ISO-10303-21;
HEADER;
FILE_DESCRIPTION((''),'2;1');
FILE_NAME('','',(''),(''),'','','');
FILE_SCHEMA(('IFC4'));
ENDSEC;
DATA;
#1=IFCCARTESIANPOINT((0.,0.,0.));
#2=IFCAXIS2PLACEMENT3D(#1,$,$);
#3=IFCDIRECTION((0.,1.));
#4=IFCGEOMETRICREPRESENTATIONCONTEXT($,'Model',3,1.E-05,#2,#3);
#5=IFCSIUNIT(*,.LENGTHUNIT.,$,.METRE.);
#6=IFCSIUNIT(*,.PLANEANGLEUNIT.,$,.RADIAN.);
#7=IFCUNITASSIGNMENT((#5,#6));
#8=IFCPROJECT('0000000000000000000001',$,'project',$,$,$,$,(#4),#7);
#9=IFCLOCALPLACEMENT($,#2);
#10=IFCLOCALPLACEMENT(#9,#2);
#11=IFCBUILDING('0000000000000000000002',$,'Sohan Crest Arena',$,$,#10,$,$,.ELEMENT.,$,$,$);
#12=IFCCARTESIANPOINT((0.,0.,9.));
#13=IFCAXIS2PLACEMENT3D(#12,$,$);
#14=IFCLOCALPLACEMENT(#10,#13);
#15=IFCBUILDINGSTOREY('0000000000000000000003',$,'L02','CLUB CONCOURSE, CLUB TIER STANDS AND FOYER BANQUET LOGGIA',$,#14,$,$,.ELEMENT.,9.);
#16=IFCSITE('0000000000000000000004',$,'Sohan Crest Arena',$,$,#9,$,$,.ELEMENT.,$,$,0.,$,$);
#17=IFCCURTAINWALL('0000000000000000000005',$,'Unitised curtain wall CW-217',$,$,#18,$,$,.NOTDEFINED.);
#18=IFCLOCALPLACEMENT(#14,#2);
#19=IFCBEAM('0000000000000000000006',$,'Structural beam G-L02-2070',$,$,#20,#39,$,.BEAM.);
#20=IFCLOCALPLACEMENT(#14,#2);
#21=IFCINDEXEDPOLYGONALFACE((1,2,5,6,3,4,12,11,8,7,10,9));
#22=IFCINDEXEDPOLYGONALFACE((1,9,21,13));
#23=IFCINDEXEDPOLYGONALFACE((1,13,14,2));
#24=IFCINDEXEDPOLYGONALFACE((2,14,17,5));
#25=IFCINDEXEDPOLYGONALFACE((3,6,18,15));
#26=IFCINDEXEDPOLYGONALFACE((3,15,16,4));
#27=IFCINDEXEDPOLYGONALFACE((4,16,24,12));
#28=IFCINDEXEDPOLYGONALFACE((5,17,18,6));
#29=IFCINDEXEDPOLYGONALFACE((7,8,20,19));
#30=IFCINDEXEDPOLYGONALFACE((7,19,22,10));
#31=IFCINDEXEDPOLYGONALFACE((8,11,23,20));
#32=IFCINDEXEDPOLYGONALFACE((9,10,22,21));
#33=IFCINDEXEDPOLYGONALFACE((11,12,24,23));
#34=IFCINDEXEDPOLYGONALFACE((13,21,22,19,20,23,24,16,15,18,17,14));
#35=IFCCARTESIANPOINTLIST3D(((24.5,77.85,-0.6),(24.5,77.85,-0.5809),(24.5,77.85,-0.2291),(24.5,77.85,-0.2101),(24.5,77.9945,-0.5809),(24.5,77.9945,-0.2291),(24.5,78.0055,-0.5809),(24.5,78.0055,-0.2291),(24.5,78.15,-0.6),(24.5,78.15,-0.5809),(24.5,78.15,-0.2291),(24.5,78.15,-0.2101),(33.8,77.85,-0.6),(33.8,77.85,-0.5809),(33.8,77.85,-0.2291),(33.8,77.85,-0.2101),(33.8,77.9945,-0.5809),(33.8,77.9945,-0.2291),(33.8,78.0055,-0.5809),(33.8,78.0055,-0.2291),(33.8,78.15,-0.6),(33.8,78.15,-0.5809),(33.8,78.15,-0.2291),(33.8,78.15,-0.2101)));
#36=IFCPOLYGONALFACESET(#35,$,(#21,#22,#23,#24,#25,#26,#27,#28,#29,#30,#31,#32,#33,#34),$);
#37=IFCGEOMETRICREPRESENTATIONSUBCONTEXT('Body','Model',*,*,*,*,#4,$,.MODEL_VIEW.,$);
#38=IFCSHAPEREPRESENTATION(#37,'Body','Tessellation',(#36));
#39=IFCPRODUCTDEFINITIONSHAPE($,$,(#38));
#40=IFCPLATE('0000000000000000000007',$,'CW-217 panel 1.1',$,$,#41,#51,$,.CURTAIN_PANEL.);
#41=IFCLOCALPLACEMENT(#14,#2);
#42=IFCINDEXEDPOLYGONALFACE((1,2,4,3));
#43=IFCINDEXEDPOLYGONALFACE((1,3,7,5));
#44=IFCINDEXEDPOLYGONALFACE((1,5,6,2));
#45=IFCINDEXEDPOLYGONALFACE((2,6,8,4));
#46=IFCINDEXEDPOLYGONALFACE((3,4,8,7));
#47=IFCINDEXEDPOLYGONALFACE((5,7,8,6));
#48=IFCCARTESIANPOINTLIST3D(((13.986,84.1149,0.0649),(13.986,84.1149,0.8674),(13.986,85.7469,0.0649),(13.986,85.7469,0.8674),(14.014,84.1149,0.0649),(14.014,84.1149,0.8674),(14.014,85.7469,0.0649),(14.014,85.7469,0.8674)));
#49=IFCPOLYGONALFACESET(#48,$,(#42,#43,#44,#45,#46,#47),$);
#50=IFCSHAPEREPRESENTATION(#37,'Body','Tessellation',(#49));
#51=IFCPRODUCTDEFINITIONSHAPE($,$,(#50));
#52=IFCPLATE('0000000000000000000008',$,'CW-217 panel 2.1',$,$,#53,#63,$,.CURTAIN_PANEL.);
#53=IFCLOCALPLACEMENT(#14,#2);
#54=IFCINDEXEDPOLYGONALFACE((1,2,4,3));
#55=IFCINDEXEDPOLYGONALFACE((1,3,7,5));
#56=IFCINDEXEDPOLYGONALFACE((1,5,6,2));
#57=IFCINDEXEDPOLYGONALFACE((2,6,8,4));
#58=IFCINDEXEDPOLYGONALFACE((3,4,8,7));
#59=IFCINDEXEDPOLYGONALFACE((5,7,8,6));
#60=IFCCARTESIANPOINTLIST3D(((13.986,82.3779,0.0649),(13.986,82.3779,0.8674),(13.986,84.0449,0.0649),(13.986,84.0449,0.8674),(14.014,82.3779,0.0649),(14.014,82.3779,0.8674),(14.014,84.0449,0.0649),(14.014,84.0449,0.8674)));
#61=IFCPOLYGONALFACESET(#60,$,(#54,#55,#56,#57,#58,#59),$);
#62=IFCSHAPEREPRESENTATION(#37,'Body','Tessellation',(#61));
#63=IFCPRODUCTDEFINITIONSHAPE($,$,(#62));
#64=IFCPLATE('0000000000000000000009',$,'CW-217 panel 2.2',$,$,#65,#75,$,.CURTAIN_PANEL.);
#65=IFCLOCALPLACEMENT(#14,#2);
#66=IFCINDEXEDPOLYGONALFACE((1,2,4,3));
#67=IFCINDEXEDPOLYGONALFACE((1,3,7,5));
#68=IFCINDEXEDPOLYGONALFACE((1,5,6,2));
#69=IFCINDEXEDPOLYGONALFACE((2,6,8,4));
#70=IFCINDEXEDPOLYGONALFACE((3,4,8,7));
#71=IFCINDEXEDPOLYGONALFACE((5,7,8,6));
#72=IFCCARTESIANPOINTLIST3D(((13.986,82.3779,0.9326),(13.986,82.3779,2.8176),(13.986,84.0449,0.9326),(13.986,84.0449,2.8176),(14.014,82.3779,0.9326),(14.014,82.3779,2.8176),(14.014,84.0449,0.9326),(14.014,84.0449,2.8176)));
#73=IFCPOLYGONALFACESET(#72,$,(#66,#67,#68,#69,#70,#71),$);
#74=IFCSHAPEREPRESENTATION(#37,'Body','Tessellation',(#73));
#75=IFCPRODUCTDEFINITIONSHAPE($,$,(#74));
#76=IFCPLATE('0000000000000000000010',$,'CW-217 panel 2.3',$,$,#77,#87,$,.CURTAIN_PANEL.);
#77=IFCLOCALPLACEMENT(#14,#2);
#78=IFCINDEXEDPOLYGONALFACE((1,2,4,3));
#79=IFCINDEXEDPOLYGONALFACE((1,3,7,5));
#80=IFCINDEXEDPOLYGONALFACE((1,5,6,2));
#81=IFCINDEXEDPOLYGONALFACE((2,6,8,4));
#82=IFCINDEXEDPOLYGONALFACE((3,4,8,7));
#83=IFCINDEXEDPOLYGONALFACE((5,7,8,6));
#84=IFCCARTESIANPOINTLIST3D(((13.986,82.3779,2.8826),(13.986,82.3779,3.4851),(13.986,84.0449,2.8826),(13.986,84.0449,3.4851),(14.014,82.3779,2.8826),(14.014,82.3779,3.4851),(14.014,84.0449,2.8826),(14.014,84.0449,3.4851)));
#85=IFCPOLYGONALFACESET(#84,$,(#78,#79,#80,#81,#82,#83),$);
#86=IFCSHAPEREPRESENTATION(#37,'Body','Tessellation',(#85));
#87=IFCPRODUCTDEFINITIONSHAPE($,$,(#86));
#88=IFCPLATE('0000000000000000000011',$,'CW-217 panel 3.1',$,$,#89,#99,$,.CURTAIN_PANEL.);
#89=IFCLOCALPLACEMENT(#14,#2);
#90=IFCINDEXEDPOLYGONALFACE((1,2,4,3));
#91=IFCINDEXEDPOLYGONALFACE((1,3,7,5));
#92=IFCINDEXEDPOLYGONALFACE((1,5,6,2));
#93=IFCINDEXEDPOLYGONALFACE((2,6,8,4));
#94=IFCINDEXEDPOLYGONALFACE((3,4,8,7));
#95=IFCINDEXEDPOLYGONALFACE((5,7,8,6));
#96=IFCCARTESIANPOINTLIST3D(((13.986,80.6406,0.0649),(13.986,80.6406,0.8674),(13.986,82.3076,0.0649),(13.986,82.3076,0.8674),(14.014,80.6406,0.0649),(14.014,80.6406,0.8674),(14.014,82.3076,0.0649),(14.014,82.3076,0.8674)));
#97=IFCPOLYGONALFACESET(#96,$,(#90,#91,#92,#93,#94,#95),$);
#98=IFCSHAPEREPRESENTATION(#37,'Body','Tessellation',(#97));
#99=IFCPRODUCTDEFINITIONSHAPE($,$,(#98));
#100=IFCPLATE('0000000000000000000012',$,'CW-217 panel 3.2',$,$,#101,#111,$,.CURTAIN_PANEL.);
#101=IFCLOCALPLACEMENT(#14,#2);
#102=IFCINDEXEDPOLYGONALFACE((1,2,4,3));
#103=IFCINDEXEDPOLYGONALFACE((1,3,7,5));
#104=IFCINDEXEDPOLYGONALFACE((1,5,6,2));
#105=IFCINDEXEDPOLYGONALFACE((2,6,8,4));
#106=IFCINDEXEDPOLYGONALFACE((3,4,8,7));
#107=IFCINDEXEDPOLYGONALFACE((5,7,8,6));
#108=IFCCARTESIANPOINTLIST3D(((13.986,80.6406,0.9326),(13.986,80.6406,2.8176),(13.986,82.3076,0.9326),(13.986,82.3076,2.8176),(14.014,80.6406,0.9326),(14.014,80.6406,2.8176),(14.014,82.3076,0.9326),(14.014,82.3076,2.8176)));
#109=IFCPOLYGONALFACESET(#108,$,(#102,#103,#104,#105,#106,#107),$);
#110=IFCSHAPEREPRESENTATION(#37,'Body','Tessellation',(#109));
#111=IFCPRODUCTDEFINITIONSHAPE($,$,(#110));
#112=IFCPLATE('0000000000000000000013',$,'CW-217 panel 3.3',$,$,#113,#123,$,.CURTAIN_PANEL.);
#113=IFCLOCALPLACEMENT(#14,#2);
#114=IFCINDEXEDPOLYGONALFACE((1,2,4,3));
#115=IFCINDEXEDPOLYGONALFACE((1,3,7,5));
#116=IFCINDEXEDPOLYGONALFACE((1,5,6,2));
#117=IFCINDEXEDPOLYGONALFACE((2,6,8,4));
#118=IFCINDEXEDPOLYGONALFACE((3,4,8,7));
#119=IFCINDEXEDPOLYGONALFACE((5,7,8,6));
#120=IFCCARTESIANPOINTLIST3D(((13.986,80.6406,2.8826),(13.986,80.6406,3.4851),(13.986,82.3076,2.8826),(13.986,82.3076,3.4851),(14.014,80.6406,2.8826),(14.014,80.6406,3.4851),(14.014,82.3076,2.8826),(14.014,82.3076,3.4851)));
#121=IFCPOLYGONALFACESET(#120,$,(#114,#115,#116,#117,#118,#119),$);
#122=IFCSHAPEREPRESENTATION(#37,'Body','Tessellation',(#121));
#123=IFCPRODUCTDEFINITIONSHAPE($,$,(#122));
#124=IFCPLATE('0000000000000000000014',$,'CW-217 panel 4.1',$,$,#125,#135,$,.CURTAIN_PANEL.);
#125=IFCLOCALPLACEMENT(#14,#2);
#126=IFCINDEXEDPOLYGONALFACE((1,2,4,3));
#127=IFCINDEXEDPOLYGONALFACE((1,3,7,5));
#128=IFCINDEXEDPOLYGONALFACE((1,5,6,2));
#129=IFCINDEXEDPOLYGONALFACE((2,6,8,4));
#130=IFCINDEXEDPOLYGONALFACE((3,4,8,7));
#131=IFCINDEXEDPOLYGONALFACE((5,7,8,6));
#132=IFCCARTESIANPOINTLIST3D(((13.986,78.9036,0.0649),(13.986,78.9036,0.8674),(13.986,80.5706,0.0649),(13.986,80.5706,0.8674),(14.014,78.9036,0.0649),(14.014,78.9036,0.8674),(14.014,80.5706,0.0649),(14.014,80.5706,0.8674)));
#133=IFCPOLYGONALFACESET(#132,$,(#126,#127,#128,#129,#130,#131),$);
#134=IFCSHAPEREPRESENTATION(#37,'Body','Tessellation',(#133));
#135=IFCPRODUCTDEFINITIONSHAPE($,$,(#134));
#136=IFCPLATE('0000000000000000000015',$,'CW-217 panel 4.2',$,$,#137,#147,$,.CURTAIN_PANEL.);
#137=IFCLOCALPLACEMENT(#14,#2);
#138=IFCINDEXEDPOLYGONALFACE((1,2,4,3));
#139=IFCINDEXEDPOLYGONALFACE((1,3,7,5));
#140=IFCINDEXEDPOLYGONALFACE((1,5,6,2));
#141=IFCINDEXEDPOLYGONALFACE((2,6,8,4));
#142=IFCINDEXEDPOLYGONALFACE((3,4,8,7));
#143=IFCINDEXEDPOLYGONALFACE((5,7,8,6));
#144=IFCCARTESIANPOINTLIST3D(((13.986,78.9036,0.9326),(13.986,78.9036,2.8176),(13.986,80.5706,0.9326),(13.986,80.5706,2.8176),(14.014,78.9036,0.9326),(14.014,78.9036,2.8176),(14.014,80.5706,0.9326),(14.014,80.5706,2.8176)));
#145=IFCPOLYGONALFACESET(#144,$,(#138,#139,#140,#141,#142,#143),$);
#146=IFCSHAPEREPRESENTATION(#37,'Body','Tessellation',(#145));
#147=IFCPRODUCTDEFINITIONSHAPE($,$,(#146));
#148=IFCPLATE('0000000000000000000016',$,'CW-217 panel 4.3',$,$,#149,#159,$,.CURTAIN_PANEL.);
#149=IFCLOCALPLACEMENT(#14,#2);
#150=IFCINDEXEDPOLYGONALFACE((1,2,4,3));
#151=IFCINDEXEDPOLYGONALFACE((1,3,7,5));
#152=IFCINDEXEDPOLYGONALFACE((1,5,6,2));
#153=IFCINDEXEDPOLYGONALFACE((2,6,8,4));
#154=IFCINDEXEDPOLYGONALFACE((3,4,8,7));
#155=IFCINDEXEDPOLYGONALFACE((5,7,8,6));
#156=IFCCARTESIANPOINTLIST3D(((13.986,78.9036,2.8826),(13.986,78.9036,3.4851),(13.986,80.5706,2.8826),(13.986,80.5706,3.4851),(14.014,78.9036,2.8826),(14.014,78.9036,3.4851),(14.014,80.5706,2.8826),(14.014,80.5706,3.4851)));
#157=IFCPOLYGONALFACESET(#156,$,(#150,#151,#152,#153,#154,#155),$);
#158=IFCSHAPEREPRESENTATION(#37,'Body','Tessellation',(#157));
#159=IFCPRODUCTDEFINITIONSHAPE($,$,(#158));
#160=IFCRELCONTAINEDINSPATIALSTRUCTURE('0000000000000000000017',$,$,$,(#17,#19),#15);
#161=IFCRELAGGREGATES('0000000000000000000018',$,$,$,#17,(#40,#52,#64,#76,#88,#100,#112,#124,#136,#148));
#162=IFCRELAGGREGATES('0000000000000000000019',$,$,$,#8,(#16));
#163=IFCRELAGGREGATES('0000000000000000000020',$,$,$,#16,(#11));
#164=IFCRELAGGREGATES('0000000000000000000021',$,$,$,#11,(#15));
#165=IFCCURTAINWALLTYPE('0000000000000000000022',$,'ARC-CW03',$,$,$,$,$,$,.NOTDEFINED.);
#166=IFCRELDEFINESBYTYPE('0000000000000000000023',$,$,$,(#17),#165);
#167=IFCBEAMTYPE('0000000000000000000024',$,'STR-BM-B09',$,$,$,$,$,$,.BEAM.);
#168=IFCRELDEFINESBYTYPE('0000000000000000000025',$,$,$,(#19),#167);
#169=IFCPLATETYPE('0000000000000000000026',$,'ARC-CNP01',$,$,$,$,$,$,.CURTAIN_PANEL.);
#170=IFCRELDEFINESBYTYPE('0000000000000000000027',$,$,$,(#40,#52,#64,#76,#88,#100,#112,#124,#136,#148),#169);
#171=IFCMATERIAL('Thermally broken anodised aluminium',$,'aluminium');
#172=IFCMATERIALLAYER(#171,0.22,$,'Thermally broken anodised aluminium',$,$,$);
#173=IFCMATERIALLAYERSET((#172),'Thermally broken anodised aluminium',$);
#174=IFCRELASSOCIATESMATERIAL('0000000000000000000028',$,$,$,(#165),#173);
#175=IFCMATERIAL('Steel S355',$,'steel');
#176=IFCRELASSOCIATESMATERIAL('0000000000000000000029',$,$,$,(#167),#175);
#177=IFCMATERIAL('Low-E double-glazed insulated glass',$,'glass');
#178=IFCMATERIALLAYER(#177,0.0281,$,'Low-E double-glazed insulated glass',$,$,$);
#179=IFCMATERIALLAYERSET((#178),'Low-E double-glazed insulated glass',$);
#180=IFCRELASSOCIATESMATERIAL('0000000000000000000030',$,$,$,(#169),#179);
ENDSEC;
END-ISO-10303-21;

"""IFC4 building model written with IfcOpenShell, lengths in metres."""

from ifc_helpers import new_model, si_unit, direction, frame, origin, origin_2d, place, context, subcontext, project, spatial, rectangle, i_section, extrude, material, layer, layer_set, material_profile, profile_set, type_object, element, aggregate, save


model = new_model("IFC4")

# Units and contexts
model_context = context("Model", 3, precision=1e-05, world=origin(), true_north=direction((0.0, 1.0)))
body_context = subcontext(model_context, "Body", "Model", "MODEL_VIEW")
ifc_project = project(units=[si_unit("LENGTHUNIT", "METRE"), si_unit("PLANEANGLEUNIT", "RADIAN")], contexts=[model_context])

# Site, building, storey
site_placement = place(None, origin())
site = spatial("IfcSite", under=ifc_project, at=site_placement, Name="Sohan Crest Arena", CompositionType="ELEMENT", RefElevation=0.0)
building_placement = place(site_placement, origin())
building = spatial("IfcBuilding", under=site, at=building_placement, Name="Sohan Crest Arena", CompositionType="ELEMENT")
storey_placement = place(building_placement, frame((0.0, 0.0, 9.0)))
storey = spatial("IfcBuildingStorey", under=building, at=storey_placement, Name="L02", Description="CLUB CONCOURSE, CLUB TIER STANDS AND FOYER BANQUET LOGGIA", CompositionType="ELEMENT", Elevation=9.0)

# Curtain wall
ifc_material_1 = material(Name="Thermally broken anodised aluminium", Category="aluminium")
ifc_layer_1 = layer(ifc_material_1, 0.22, Name="Thermally broken anodised aluminium")
ifc_layer_set_1 = layer_set([ifc_layer_1], Name="Thermally broken anodised aluminium")
curtain_wall_type = type_object("IfcCurtainWallType", Name="ARC-CW03", PredefinedType="NOTDEFINED", material=ifc_layer_set_1)
curtain_wall_placement = place(storey_placement, origin())
curtain_wall = element("IfcCurtainWall", 1, at=curtain_wall_placement, inside=storey, type_object=curtain_wall_type, Name="Unitised curtain wall CW-217", PredefinedType="NOTDEFINED")

# Beam
ifc_material_2 = material(Name="Steel S355", Category="steel")
ifc_material_profile_1 = material_profile(ifc_material_2, i_section(OverallWidth=0.3, OverallDepth=0.3899, WebThickness=0.011, FlangeThickness=0.019, at=origin_2d()), Name="HEA 400")
ifc_profile_set_1 = profile_set([ifc_material_profile_1], Name="Steel S355")
beam_type_1 = type_object("IfcBeamType", Name="STR-BM-B09", PredefinedType="BEAM", material=ifc_profile_set_1)
for number, where, z_axis, x_axis, name in (
    (2, (24.5, 78.0, -0.405), (1.0, 0.0, 0.0), (0.0, 1.0, 0.0), "Structural beam G-L02-2070"),
):
    element("IfcBeam", number, at=place(storey_placement, frame(where, z_axis=z_axis, x_axis=x_axis)), inside=storey, type_object=beam_type_1, Name=name, PredefinedType="BEAM", context=body_context, shape_type="SweptSolid", body=[
        extrude(i_section(OverallWidth=0.3, OverallDepth=0.3899, WebThickness=0.011, FlangeThickness=0.019, at=origin_2d()), origin(), (0.0, 0.0, 1.0), 9.3),
    ])

# Plates
ifc_material_3 = material(Name="Low-E double-glazed insulated glass", Category="glass")
ifc_layer_2 = layer(ifc_material_3, 0.0281, Name="Low-E double-glazed insulated glass")
ifc_layer_set_2 = layer_set([ifc_layer_2], Name="Low-E double-glazed insulated glass")
plate_type = type_object("IfcPlateType", Name="ARC-CNP01", PredefinedType="CURTAIN_PANEL", material=ifc_layer_set_2)
plate_1_placement = place(storey_placement, frame((14.0, 84.9309, 0.0649), z_axis=(0.0, 0.0, 1.0), x_axis=(0.0, -1.0, 0.0)))
plate_1 = element("IfcPlate", 3, at=plate_1_placement, type_object=plate_type, Name="CW-217 panel 1.1", PredefinedType="CURTAIN_PANEL", context=body_context, shape_type="SweptSolid", body=[
    extrude(rectangle(XDim=1.6321, YDim=0.0281, at=origin_2d()), origin(), (0.0, 0.0, 1.0), 0.8025),
])
plate_2_placement = place(storey_placement, frame((14.0, 83.2114, 0.0649), z_axis=(0.0, 0.0, 1.0), x_axis=(0.0, -1.0, 0.0)))
plate_2 = element("IfcPlate", 4, at=plate_2_placement, type_object=plate_type, Name="CW-217 panel 2.1", PredefinedType="CURTAIN_PANEL", context=body_context, shape_type="SweptSolid", body=[
    extrude(rectangle(XDim=1.667, YDim=0.0281, at=origin_2d()), origin(), (0.0, 0.0, 1.0), 0.8025),
])
plate_3_placement = place(storey_placement, frame((14.0, 83.2114, 0.9326), z_axis=(0.0, 0.0, 1.0), x_axis=(0.0, -1.0, 0.0)))
plate_3 = element("IfcPlate", 5, at=plate_3_placement, type_object=plate_type, Name="CW-217 panel 2.2", PredefinedType="CURTAIN_PANEL", context=body_context, shape_type="SweptSolid", body=[
    extrude(rectangle(XDim=1.667, YDim=0.0281, at=origin_2d()), origin(), (0.0, 0.0, 1.0), 1.885),
])
plate_4_placement = place(storey_placement, frame((14.0, 83.2114, 2.8826), z_axis=(0.0, 0.0, 1.0), x_axis=(0.0, -1.0, 0.0)))
plate_4 = element("IfcPlate", 6, at=plate_4_placement, type_object=plate_type, Name="CW-217 panel 2.3", PredefinedType="CURTAIN_PANEL", context=body_context, shape_type="SweptSolid", body=[
    extrude(rectangle(XDim=1.667, YDim=0.0281, at=origin_2d()), origin(), (0.0, 0.0, 1.0), 0.6025),
])
plate_5_placement = place(storey_placement, frame((14.0, 81.4741, 0.0649), z_axis=(0.0, 0.0, 1.0), x_axis=(0.0, -1.0, 0.0)))
plate_5 = element("IfcPlate", 7, at=plate_5_placement, type_object=plate_type, Name="CW-217 panel 3.1", PredefinedType="CURTAIN_PANEL", context=body_context, shape_type="SweptSolid", body=[
    extrude(rectangle(XDim=1.667, YDim=0.0281, at=origin_2d()), origin(), (0.0, 0.0, 1.0), 0.8025),
])
plate_6_placement = place(storey_placement, frame((14.0, 81.4741, 0.9326), z_axis=(0.0, 0.0, 1.0), x_axis=(0.0, -1.0, 0.0)))
plate_6 = element("IfcPlate", 8, at=plate_6_placement, type_object=plate_type, Name="CW-217 panel 3.2", PredefinedType="CURTAIN_PANEL", context=body_context, shape_type="SweptSolid", body=[
    extrude(rectangle(XDim=1.667, YDim=0.0281, at=origin_2d()), origin(), (0.0, 0.0, 1.0), 1.885),
])
plate_7_placement = place(storey_placement, frame((14.0, 81.4741, 2.8826), z_axis=(0.0, 0.0, 1.0), x_axis=(0.0, -1.0, 0.0)))
plate_7 = element("IfcPlate", 9, at=plate_7_placement, type_object=plate_type, Name="CW-217 panel 3.3", PredefinedType="CURTAIN_PANEL", context=body_context, shape_type="SweptSolid", body=[
    extrude(rectangle(XDim=1.667, YDim=0.0281, at=origin_2d()), origin(), (0.0, 0.0, 1.0), 0.6025),
])
plate_8_placement = place(storey_placement, frame((14.0, 79.7371, 0.0649), z_axis=(0.0, 0.0, 1.0), x_axis=(0.0, -1.0, 0.0)))
plate_8 = element("IfcPlate", 10, at=plate_8_placement, type_object=plate_type, Name="CW-217 panel 4.1", PredefinedType="CURTAIN_PANEL", context=body_context, shape_type="SweptSolid", body=[
    extrude(rectangle(XDim=1.667, YDim=0.0281, at=origin_2d()), origin(), (0.0, 0.0, 1.0), 0.8025),
])
plate_9_placement = place(storey_placement, frame((14.0, 79.7371, 0.9326), z_axis=(0.0, 0.0, 1.0), x_axis=(0.0, -1.0, 0.0)))
plate_9 = element("IfcPlate", 11, at=plate_9_placement, type_object=plate_type, Name="CW-217 panel 4.2", PredefinedType="CURTAIN_PANEL", context=body_context, shape_type="SweptSolid", body=[
    extrude(rectangle(XDim=1.667, YDim=0.0281, at=origin_2d()), origin(), (0.0, 0.0, 1.0), 1.885),
])
plate_10_placement = place(storey_placement, frame((14.0, 79.7371, 2.8826), z_axis=(0.0, 0.0, 1.0), x_axis=(0.0, -1.0, 0.0)))
plate_10 = element("IfcPlate", 12, at=plate_10_placement, type_object=plate_type, Name="CW-217 panel 4.3", PredefinedType="CURTAIN_PANEL", context=body_context, shape_type="SweptSolid", body=[
    extrude(rectangle(XDim=1.667, YDim=0.0281, at=origin_2d()), origin(), (0.0, 0.0, 1.0), 0.6025),
])
aggregate(curtain_wall, [plate_1, plate_2, plate_3, plate_4, plate_5, plate_6, plate_7, plate_8, plate_9, plate_10])

save(model, "model.ifc")
